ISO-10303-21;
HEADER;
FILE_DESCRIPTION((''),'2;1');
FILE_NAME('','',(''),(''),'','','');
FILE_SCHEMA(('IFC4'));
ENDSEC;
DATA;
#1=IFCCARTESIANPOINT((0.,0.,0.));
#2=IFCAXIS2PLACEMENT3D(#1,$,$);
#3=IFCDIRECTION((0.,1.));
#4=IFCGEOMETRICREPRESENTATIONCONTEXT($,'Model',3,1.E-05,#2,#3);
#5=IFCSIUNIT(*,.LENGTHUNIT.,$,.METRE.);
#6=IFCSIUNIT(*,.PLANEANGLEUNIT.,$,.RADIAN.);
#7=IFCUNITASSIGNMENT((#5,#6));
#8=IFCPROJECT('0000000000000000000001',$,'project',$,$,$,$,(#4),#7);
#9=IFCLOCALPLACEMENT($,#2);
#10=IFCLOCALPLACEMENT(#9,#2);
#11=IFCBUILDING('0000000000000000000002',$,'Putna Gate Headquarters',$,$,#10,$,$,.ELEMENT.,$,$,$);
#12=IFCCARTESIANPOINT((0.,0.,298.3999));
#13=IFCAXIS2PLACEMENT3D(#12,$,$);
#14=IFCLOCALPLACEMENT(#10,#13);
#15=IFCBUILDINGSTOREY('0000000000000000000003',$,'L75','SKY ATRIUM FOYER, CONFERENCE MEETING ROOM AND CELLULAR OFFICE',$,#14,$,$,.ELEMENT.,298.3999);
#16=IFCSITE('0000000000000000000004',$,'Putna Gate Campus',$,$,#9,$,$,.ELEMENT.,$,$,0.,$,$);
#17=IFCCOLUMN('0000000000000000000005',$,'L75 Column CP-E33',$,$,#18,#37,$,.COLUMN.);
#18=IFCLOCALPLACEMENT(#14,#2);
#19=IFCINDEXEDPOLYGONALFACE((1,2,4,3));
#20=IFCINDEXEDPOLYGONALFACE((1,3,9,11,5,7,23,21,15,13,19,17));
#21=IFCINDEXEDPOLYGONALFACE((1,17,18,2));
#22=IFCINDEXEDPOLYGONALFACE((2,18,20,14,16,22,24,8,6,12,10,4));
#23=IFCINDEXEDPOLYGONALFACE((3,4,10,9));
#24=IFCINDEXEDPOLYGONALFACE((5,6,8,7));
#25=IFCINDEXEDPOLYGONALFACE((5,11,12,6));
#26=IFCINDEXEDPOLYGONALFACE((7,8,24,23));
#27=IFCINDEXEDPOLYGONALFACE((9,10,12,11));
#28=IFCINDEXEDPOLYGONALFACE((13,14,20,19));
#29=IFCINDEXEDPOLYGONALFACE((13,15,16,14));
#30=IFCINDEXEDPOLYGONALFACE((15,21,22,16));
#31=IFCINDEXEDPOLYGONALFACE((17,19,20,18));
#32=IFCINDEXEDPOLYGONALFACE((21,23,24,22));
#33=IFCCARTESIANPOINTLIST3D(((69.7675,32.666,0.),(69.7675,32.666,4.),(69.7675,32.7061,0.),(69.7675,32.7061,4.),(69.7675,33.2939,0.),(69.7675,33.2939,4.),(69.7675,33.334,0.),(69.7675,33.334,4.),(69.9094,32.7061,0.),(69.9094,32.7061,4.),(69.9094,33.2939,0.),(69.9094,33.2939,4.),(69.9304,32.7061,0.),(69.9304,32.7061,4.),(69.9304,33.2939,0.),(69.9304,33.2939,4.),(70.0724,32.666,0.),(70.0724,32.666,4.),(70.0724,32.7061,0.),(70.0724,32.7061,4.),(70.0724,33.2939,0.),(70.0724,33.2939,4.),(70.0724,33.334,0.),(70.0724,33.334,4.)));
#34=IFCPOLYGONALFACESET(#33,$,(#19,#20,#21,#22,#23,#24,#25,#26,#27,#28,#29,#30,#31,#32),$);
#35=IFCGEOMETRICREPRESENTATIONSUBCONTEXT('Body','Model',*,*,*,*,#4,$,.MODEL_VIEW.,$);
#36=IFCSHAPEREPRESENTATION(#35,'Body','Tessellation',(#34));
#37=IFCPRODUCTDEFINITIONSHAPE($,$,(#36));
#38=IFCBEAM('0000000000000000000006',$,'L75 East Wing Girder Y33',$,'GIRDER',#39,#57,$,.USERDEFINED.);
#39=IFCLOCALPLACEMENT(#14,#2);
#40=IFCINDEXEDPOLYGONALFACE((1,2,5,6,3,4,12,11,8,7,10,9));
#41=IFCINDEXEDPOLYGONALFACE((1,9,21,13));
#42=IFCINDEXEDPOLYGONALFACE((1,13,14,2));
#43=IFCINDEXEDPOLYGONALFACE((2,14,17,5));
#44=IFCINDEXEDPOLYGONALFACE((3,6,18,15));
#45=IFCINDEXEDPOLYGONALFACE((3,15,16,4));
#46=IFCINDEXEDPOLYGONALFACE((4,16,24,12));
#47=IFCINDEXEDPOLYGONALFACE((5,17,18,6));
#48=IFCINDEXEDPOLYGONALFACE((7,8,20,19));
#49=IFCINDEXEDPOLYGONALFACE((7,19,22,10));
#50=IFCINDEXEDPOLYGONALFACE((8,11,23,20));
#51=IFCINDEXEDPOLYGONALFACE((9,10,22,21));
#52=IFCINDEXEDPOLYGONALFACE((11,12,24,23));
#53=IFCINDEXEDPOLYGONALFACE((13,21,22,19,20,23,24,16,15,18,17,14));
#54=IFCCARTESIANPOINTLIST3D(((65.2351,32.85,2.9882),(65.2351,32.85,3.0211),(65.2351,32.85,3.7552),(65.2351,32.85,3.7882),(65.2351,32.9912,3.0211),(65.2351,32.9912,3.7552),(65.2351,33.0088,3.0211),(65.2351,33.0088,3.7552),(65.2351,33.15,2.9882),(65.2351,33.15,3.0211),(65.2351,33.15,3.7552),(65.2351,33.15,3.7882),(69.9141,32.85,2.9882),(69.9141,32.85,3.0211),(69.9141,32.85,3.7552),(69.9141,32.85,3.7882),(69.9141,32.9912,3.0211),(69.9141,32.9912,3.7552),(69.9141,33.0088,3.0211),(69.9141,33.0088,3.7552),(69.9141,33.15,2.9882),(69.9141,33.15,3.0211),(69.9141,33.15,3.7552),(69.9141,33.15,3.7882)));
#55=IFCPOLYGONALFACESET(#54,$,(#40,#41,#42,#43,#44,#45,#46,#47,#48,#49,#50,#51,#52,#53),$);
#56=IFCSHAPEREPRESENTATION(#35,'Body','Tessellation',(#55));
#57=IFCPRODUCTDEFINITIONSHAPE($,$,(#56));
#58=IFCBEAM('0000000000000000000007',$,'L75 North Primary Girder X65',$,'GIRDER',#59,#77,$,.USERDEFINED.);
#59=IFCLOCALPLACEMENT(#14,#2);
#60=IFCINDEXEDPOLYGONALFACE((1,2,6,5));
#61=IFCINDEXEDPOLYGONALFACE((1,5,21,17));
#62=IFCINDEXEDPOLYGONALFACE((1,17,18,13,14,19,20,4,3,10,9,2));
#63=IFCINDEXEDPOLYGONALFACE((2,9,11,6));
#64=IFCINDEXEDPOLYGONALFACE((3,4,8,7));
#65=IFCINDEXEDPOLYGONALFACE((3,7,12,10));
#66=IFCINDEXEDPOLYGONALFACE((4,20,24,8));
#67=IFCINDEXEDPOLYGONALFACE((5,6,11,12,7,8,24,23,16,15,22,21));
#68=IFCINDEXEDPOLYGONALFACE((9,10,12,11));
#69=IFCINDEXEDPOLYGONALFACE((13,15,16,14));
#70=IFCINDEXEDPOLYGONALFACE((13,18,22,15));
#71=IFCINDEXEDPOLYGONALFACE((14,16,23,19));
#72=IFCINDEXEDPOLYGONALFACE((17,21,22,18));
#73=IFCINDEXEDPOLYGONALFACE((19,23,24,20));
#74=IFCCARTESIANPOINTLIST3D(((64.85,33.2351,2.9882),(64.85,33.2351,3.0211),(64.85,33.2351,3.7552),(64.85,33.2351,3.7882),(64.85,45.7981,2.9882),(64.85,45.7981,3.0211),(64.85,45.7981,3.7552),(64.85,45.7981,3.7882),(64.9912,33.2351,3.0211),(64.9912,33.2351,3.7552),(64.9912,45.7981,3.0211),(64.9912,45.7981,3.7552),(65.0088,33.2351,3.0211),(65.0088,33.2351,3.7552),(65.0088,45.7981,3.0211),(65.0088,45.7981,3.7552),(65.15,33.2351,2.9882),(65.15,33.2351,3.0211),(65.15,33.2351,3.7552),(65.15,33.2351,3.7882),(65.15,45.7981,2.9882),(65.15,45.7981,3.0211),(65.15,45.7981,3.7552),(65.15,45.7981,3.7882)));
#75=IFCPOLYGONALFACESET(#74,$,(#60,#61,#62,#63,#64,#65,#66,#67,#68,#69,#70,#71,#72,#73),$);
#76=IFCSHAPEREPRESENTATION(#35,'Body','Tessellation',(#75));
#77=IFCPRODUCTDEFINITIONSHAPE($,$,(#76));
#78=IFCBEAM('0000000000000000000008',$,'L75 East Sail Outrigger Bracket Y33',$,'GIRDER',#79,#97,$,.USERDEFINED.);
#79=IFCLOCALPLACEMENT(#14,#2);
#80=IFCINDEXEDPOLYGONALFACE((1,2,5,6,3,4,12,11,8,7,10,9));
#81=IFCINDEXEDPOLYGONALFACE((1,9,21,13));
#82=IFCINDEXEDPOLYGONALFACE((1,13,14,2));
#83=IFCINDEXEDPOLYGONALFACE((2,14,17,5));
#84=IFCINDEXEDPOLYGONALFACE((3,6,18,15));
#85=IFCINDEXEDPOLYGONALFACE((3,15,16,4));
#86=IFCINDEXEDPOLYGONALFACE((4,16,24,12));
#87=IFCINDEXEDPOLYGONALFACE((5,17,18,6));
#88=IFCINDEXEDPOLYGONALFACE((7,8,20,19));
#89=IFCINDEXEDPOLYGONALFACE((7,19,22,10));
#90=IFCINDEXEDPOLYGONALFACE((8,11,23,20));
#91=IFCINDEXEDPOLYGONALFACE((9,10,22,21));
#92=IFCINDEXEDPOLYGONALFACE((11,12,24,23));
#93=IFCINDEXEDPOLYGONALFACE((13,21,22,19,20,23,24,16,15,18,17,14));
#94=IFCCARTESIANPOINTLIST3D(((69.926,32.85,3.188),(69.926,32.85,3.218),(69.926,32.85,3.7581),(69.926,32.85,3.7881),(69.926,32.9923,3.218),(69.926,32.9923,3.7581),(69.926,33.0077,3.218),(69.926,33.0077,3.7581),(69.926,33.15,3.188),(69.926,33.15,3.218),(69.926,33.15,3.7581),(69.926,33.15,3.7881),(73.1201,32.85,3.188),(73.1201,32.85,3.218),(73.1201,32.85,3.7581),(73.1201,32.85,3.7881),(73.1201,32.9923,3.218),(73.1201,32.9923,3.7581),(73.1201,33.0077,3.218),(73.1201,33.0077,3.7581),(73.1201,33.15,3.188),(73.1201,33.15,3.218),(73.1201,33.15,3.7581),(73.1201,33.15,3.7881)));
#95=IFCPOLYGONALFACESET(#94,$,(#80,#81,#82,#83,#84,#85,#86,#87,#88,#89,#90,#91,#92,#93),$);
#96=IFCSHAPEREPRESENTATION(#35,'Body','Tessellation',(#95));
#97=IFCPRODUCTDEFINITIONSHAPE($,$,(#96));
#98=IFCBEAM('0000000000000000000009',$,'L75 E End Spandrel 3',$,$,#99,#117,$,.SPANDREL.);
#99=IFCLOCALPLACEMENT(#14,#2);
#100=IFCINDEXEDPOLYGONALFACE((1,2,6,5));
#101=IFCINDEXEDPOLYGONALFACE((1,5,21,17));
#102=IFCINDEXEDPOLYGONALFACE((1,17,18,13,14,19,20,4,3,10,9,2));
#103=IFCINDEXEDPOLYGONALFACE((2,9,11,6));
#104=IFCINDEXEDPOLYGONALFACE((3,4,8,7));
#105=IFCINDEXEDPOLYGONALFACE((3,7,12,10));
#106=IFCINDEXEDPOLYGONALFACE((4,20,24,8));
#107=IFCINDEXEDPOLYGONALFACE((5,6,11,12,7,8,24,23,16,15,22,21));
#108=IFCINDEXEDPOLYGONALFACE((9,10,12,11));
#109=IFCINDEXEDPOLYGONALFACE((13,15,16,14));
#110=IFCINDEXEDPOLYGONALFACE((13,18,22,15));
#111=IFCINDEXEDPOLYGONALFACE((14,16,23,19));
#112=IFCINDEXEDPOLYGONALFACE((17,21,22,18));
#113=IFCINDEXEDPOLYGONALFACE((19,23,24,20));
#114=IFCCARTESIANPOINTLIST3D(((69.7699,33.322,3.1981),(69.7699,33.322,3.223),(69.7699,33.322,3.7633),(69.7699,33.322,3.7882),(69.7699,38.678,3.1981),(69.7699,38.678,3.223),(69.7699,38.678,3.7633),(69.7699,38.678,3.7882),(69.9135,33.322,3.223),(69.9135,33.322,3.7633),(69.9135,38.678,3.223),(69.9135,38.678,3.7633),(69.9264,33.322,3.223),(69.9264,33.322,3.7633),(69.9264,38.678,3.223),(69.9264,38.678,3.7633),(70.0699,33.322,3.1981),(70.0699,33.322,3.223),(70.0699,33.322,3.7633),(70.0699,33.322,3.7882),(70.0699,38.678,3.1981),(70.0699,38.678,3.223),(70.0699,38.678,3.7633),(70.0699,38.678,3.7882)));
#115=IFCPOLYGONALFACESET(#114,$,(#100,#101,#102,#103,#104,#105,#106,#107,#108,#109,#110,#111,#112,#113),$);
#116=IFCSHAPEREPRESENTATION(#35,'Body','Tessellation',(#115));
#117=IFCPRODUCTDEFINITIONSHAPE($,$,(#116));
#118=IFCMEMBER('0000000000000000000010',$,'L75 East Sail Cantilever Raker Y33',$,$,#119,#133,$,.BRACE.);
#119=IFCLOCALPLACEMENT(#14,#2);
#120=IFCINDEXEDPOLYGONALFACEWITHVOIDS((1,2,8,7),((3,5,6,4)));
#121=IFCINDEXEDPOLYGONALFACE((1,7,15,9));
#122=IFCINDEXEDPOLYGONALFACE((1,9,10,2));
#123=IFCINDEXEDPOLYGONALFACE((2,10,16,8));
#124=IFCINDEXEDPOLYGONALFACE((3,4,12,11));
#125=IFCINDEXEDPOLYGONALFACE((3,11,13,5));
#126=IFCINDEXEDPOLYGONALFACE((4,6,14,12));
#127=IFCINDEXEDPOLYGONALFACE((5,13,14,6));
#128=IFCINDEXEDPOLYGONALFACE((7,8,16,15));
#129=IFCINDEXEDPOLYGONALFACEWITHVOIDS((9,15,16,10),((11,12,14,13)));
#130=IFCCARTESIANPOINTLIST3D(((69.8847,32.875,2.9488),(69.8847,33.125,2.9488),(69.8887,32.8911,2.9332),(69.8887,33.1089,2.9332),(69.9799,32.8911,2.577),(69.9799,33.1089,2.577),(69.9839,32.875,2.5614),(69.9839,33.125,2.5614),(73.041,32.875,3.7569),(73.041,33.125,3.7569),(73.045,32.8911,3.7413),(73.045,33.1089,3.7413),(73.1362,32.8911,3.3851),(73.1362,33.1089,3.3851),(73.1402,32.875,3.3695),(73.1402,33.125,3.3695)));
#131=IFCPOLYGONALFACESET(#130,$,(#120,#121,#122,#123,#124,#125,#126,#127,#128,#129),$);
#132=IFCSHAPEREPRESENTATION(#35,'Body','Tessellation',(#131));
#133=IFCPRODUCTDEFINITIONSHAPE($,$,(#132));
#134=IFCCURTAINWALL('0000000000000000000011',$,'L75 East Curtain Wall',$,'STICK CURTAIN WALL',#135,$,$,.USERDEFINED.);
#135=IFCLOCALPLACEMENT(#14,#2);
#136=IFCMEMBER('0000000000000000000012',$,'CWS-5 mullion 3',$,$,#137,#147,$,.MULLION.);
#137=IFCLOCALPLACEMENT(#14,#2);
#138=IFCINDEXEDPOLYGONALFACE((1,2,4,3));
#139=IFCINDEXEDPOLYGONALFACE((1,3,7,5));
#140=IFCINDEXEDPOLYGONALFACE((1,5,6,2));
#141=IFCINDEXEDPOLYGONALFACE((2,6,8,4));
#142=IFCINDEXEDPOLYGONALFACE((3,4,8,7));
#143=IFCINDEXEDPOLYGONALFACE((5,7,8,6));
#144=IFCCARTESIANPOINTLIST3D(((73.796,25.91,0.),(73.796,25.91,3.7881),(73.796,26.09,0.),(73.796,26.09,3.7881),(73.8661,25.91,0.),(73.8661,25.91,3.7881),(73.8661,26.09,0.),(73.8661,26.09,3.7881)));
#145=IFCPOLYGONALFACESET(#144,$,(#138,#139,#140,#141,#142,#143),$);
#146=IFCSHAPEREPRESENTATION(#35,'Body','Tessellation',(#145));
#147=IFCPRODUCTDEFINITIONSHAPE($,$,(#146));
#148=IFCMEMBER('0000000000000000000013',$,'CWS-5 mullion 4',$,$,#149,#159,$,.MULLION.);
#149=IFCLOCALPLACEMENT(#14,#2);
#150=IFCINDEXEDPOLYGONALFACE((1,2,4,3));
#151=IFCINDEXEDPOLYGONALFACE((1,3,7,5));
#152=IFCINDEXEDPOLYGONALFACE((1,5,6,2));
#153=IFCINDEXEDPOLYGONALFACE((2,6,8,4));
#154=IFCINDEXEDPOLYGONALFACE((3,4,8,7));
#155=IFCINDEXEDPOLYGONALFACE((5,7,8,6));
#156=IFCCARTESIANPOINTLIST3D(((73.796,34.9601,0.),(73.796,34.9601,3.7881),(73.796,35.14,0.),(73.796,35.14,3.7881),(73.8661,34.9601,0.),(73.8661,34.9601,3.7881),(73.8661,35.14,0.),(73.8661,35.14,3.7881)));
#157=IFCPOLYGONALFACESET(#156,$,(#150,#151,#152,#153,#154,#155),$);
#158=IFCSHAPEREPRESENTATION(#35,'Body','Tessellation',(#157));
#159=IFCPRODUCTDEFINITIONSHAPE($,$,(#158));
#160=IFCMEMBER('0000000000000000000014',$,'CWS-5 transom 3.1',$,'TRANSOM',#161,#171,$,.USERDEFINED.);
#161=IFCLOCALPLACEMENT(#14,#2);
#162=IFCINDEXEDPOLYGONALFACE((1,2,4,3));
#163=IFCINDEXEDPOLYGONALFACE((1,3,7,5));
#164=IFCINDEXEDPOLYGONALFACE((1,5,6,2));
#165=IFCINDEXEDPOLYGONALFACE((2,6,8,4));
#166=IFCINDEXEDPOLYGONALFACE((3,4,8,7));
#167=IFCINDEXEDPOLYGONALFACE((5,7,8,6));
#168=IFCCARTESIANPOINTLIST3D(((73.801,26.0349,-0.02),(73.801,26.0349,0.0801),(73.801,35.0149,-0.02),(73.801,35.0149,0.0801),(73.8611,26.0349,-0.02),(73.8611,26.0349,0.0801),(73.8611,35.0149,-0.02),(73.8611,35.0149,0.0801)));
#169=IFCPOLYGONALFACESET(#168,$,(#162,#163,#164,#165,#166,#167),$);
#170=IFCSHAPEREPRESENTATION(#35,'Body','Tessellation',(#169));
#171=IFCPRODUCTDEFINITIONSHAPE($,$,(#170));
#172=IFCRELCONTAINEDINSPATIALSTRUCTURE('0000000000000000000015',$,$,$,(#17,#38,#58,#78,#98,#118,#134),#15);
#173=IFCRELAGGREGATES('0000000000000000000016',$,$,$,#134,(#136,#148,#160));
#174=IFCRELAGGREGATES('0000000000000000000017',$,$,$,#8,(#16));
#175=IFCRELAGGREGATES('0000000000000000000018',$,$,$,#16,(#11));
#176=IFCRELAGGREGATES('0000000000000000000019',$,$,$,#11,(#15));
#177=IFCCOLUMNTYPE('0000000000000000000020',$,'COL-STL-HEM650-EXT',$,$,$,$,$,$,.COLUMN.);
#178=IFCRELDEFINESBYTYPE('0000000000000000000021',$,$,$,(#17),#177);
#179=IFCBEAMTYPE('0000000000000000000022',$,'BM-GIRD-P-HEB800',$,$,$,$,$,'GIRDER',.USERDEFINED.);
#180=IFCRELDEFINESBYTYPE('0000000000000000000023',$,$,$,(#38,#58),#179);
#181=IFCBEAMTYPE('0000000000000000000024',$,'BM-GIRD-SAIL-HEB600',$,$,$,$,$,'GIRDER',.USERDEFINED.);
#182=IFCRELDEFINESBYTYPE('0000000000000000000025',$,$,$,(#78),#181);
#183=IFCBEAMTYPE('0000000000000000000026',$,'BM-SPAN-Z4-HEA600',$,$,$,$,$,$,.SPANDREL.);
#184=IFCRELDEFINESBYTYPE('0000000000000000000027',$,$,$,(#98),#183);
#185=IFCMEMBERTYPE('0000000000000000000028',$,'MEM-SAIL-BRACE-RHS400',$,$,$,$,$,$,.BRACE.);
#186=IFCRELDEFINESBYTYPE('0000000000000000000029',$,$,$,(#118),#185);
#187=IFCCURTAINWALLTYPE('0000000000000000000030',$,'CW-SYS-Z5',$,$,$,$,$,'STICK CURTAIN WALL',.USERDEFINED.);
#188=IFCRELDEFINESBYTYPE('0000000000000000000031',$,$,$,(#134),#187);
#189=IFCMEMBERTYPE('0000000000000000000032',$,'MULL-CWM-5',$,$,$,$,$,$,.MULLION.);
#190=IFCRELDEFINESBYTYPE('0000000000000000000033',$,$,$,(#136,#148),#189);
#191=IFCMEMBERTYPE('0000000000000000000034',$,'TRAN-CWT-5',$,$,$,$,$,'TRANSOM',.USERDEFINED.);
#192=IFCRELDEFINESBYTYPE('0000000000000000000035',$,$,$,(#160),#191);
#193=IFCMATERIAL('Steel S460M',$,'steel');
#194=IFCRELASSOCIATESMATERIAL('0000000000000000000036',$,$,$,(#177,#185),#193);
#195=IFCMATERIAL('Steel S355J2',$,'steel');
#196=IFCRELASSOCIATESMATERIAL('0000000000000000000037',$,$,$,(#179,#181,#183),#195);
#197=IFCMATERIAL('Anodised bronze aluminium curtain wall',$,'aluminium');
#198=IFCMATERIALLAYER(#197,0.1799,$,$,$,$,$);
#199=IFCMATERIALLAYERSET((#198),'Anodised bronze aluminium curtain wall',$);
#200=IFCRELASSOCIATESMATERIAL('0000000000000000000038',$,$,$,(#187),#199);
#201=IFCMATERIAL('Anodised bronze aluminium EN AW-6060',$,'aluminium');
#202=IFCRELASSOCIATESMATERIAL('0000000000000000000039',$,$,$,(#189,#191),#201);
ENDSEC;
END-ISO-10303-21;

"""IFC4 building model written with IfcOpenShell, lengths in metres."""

from ifc_helpers import new_model, si_unit, direction, frame, origin, origin_2d, place, context, subcontext, project, spatial, rectangle, hollow_rectangle, i_section, extrude, material, layer, layer_set, material_profile, profile_set, type_object, element, aggregate, save


model = new_model("IFC4")

# Units and contexts
model_context = context("Model", 3, precision=1e-05, world=origin(), true_north=direction((0.0, 1.0)))
body_context = subcontext(model_context, "Body", "Model", "MODEL_VIEW")
ifc_project = project(units=[si_unit("LENGTHUNIT", "METRE"), si_unit("PLANEANGLEUNIT", "RADIAN")], contexts=[model_context])

# Site, building, storey
site_placement = place(None, origin())
site = spatial("IfcSite", under=ifc_project, at=site_placement, Name="Putna Gate Campus", CompositionType="ELEMENT", RefElevation=0.0)
building_placement = place(site_placement, origin())
building = spatial("IfcBuilding", under=site, at=building_placement, Name="Putna Gate Headquarters", CompositionType="ELEMENT")
storey_placement = place(building_placement, frame((0.0, 0.0, 298.3999)))
storey = spatial("IfcBuildingStorey", under=building, at=storey_placement, Name="L75", Description="SKY ATRIUM FOYER, CONFERENCE MEETING ROOM AND CELLULAR OFFICE", CompositionType="ELEMENT", Elevation=298.3999)

# Column
ifc_material_1 = material(Name="Steel S460M", Category="steel")
ifc_material_profile_1 = material_profile(ifc_material_1, i_section(OverallWidth=0.3049, OverallDepth=0.668, WebThickness=0.021, FlangeThickness=0.04, at=origin_2d()), Name="Steel S460M")
ifc_profile_set_1 = profile_set([ifc_material_profile_1], Name="Steel S460M")
column_type = type_object("IfcColumnType", Name="COL-STL-HEM650-EXT", PredefinedType="COLUMN", material=ifc_profile_set_1)
column_placement = place(storey_placement, frame((69.9199, 33.0, 0.0), z_axis=(0.0, 0.0, 1.0), x_axis=(1.0, 0.0, 0.0)))
element("IfcColumn", 1, at=column_placement, inside=storey, type_object=column_type, Name="L75 Column CP-E33", PredefinedType="COLUMN", context=body_context, shape_type="SweptSolid", body=[
    extrude(i_section(OverallWidth=0.3049, OverallDepth=0.668, WebThickness=0.021, FlangeThickness=0.04, at=origin_2d()), origin(), (0.0, 0.0, 1.0), 4.0),
])

# Beams
ifc_material_2 = material(Name="Steel S355J2", Category="steel")
ifc_material_profile_2 = material_profile(ifc_material_2, i_section(OverallWidth=0.3, OverallDepth=0.8, WebThickness=0.0176, FlangeThickness=0.033, at=origin_2d()), Name="Steel S355J2")
ifc_profile_set_2 = profile_set([ifc_material_profile_2], Name="Steel S355J2")
beam_type_1 = type_object("IfcBeamType", Name="BM-GIRD-P-HEB800", ElementType="GIRDER", PredefinedType="USERDEFINED", material=ifc_profile_set_2)
beam_1_placement = place(storey_placement, frame((65.2351, 33.0, 3.3882), z_axis=(1.0, 0.0, 0.0), x_axis=(0.0, 1.0, 0.0)))
element("IfcBeam", 2, at=beam_1_placement, inside=storey, type_object=beam_type_1, Name="L75 East Wing Girder Y33", ObjectType="GIRDER", PredefinedType="USERDEFINED", context=body_context, shape_type="SweptSolid", body=[
    extrude(i_section(OverallWidth=0.3, OverallDepth=0.8, WebThickness=0.0176, FlangeThickness=0.033, at=origin_2d()), origin(), (0.0, 0.0, 1.0), 4.679),
])
beam_2_placement = place(storey_placement, frame((65.0, 33.2351, 3.3882), z_axis=(0.0, 1.0, 0.0), x_axis=(-1.0, 0.0, 0.0)))
element("IfcBeam", 3, at=beam_2_placement, inside=storey, type_object=beam_type_1, Name="L75 North Primary Girder X65", ObjectType="GIRDER", PredefinedType="USERDEFINED", context=body_context, shape_type="SweptSolid", body=[
    extrude(i_section(OverallWidth=0.3, OverallDepth=0.8, WebThickness=0.0176, FlangeThickness=0.033, at=origin_2d()), origin(), (0.0, 0.0, 1.0), 12.563),
])
ifc_material_profile_3 = material_profile(ifc_material_2, i_section(OverallWidth=0.3, OverallDepth=0.6001, WebThickness=0.0154, FlangeThickness=0.03, at=origin_2d()), Name="Steel S355J2")
ifc_profile_set_3 = profile_set([ifc_material_profile_3], Name="Steel S355J2")
beam_type_2 = type_object("IfcBeamType", Name="BM-GIRD-SAIL-HEB600", ElementType="GIRDER", PredefinedType="USERDEFINED", material=ifc_profile_set_3)
beam_3_placement = place(storey_placement, frame((69.926, 33.0, 3.488), z_axis=(1.0, 0.0, 0.0), x_axis=(0.0, 1.0, 0.0)))
element("IfcBeam", 4, at=beam_3_placement, inside=storey, type_object=beam_type_2, Name="L75 East Sail Outrigger Bracket Y33", ObjectType="GIRDER", PredefinedType="USERDEFINED", context=body_context, shape_type="SweptSolid", body=[
    extrude(i_section(OverallWidth=0.3, OverallDepth=0.6001, WebThickness=0.0154, FlangeThickness=0.03, at=origin_2d()), origin(), (0.0, 0.0, 1.0), 3.1941),
])
ifc_material_profile_4 = material_profile(ifc_material_2, i_section(OverallWidth=0.3, OverallDepth=0.5901, WebThickness=0.0129, FlangeThickness=0.0249, at=origin_2d()), Name="Steel S355J2")
ifc_profile_set_4 = profile_set([ifc_material_profile_4], Name="Steel S355J2")
beam_type_3 = type_object("IfcBeamType", Name="BM-SPAN-Z4-HEA600", PredefinedType="SPANDREL", material=ifc_profile_set_4)
beam_4_placement = place(storey_placement, frame((69.9199, 33.322, 3.4932), z_axis=(0.0, 1.0, 0.0), x_axis=(-1.0, 0.0, 0.0)))
element("IfcBeam", 5, at=beam_4_placement, inside=storey, type_object=beam_type_3, Name="L75 E End Spandrel 3", PredefinedType="SPANDREL", context=body_context, shape_type="SweptSolid", body=[
    extrude(i_section(OverallWidth=0.3, OverallDepth=0.5901, WebThickness=0.0129, FlangeThickness=0.0249, at=origin_2d()), origin(), (0.0, 0.0, 1.0), 5.356),
])

# Member
ifc_material_profile_5 = material_profile(ifc_material_1, hollow_rectangle(XDim=0.25, YDim=0.3999, WallThickness=0.0161, at=origin_2d()), Name="Steel S460M")
ifc_profile_set_5 = profile_set([ifc_material_profile_5], Name="Steel S460M")
member_type_1 = type_object("IfcMemberType", Name="MEM-SAIL-BRACE-RHS400", PredefinedType="BRACE", material=ifc_profile_set_5)
member_1_placement = place(storey_placement, frame((69.9343, 33.0, 2.7551), z_axis=(0.968752, 0.0, 0.248033), x_axis=(0.0, 1.0, 0.0)))
element("IfcMember", 6, at=member_1_placement, inside=storey, type_object=member_type_1, Name="L75 East Sail Cantilever Raker Y33", PredefinedType="BRACE", context=body_context, shape_type="SweptSolid", body=[
    extrude(hollow_rectangle(XDim=0.25, YDim=0.3999, WallThickness=0.0161, at=origin_2d()), origin(), (0.0, 0.0, 1.0), 3.2581),
])

# Curtain wall, members
ifc_material_3 = material(Name="Anodised bronze aluminium curtain wall", Category="aluminium")
ifc_layer_1 = layer(ifc_material_3, 0.1799)
ifc_layer_set_1 = layer_set([ifc_layer_1], Name="Anodised bronze aluminium curtain wall")
curtain_wall_type = type_object("IfcCurtainWallType", Name="CW-SYS-Z5", ElementType="STICK CURTAIN WALL", PredefinedType="USERDEFINED", material=ifc_layer_set_1)
curtain_wall_placement = place(storey_placement, origin())
curtain_wall = element("IfcCurtainWall", 7, at=curtain_wall_placement, inside=storey, type_object=curtain_wall_type, Name="L75 East Curtain Wall", ObjectType="STICK CURTAIN WALL", PredefinedType="USERDEFINED")
ifc_material_4 = material(Name="Anodised bronze aluminium EN AW-6060", Category="aluminium")
ifc_material_profile_6 = material_profile(ifc_material_4, rectangle(XDim=0.0701, YDim=0.1799, at=origin_2d()), Name="Anodised bronze aluminium EN AW-6060")
ifc_profile_set_6 = profile_set([ifc_material_profile_6], Name="Anodised bronze aluminium EN AW-6060")
member_type_2 = type_object("IfcMemberType", Name="MULL-CWM-5", PredefinedType="MULLION", material=ifc_profile_set_6)
member_2_placement = place(storey_placement, frame((73.8311, 26.0, 0.0), z_axis=(0.0, 0.0, 1.0), x_axis=(-1.0, 0.0, 0.0)))
member_2 = element("IfcMember", 8, at=member_2_placement, type_object=member_type_2, Name="CWS-5 mullion 3", PredefinedType="MULLION", context=body_context, shape_type="SweptSolid", body=[
    extrude(rectangle(XDim=0.0701, YDim=0.1799, at=origin_2d()), origin(), (0.0, 0.0, 1.0), 3.7881),
])
member_3_placement = place(storey_placement, frame((73.8311, 35.05, 0.0), z_axis=(0.0, 0.0, 1.0), x_axis=(-1.0, 0.0, 0.0)))
member_3 = element("IfcMember", 9, at=member_3_placement, type_object=member_type_2, Name="CWS-5 mullion 4", PredefinedType="MULLION", context=body_context, shape_type="SweptSolid", body=[
    extrude(rectangle(XDim=0.0701, YDim=0.1799, at=origin_2d()), origin(), (0.0, 0.0, 1.0), 3.7881),
])
ifc_material_profile_7 = material_profile(ifc_material_4, rectangle(XDim=0.0601, YDim=0.1001, at=origin_2d()), Name="Anodised bronze aluminium EN AW-6060")
ifc_profile_set_7 = profile_set([ifc_material_profile_7], Name="Anodised bronze aluminium EN AW-6060")
member_type_3 = type_object("IfcMemberType", Name="TRAN-CWT-5", ElementType="TRANSOM", PredefinedType="USERDEFINED", material=ifc_profile_set_7)
member_4_placement = place(storey_placement, frame((73.8311, 26.0349, 0.03), z_axis=(0.0, 1.0, 0.0), x_axis=(-1.0, 0.0, 0.0)))
member_4 = element("IfcMember", 10, at=member_4_placement, type_object=member_type_3, Name="CWS-5 transom 3.1", ObjectType="TRANSOM", PredefinedType="USERDEFINED", context=body_context, shape_type="SweptSolid", body=[
    extrude(rectangle(XDim=0.0601, YDim=0.1001, at=origin_2d()), origin(), (0.0, 0.0, 1.0), 8.98),
])
aggregate(curtain_wall, [member_2, member_3, member_4])

save(model, "model.ifc")
